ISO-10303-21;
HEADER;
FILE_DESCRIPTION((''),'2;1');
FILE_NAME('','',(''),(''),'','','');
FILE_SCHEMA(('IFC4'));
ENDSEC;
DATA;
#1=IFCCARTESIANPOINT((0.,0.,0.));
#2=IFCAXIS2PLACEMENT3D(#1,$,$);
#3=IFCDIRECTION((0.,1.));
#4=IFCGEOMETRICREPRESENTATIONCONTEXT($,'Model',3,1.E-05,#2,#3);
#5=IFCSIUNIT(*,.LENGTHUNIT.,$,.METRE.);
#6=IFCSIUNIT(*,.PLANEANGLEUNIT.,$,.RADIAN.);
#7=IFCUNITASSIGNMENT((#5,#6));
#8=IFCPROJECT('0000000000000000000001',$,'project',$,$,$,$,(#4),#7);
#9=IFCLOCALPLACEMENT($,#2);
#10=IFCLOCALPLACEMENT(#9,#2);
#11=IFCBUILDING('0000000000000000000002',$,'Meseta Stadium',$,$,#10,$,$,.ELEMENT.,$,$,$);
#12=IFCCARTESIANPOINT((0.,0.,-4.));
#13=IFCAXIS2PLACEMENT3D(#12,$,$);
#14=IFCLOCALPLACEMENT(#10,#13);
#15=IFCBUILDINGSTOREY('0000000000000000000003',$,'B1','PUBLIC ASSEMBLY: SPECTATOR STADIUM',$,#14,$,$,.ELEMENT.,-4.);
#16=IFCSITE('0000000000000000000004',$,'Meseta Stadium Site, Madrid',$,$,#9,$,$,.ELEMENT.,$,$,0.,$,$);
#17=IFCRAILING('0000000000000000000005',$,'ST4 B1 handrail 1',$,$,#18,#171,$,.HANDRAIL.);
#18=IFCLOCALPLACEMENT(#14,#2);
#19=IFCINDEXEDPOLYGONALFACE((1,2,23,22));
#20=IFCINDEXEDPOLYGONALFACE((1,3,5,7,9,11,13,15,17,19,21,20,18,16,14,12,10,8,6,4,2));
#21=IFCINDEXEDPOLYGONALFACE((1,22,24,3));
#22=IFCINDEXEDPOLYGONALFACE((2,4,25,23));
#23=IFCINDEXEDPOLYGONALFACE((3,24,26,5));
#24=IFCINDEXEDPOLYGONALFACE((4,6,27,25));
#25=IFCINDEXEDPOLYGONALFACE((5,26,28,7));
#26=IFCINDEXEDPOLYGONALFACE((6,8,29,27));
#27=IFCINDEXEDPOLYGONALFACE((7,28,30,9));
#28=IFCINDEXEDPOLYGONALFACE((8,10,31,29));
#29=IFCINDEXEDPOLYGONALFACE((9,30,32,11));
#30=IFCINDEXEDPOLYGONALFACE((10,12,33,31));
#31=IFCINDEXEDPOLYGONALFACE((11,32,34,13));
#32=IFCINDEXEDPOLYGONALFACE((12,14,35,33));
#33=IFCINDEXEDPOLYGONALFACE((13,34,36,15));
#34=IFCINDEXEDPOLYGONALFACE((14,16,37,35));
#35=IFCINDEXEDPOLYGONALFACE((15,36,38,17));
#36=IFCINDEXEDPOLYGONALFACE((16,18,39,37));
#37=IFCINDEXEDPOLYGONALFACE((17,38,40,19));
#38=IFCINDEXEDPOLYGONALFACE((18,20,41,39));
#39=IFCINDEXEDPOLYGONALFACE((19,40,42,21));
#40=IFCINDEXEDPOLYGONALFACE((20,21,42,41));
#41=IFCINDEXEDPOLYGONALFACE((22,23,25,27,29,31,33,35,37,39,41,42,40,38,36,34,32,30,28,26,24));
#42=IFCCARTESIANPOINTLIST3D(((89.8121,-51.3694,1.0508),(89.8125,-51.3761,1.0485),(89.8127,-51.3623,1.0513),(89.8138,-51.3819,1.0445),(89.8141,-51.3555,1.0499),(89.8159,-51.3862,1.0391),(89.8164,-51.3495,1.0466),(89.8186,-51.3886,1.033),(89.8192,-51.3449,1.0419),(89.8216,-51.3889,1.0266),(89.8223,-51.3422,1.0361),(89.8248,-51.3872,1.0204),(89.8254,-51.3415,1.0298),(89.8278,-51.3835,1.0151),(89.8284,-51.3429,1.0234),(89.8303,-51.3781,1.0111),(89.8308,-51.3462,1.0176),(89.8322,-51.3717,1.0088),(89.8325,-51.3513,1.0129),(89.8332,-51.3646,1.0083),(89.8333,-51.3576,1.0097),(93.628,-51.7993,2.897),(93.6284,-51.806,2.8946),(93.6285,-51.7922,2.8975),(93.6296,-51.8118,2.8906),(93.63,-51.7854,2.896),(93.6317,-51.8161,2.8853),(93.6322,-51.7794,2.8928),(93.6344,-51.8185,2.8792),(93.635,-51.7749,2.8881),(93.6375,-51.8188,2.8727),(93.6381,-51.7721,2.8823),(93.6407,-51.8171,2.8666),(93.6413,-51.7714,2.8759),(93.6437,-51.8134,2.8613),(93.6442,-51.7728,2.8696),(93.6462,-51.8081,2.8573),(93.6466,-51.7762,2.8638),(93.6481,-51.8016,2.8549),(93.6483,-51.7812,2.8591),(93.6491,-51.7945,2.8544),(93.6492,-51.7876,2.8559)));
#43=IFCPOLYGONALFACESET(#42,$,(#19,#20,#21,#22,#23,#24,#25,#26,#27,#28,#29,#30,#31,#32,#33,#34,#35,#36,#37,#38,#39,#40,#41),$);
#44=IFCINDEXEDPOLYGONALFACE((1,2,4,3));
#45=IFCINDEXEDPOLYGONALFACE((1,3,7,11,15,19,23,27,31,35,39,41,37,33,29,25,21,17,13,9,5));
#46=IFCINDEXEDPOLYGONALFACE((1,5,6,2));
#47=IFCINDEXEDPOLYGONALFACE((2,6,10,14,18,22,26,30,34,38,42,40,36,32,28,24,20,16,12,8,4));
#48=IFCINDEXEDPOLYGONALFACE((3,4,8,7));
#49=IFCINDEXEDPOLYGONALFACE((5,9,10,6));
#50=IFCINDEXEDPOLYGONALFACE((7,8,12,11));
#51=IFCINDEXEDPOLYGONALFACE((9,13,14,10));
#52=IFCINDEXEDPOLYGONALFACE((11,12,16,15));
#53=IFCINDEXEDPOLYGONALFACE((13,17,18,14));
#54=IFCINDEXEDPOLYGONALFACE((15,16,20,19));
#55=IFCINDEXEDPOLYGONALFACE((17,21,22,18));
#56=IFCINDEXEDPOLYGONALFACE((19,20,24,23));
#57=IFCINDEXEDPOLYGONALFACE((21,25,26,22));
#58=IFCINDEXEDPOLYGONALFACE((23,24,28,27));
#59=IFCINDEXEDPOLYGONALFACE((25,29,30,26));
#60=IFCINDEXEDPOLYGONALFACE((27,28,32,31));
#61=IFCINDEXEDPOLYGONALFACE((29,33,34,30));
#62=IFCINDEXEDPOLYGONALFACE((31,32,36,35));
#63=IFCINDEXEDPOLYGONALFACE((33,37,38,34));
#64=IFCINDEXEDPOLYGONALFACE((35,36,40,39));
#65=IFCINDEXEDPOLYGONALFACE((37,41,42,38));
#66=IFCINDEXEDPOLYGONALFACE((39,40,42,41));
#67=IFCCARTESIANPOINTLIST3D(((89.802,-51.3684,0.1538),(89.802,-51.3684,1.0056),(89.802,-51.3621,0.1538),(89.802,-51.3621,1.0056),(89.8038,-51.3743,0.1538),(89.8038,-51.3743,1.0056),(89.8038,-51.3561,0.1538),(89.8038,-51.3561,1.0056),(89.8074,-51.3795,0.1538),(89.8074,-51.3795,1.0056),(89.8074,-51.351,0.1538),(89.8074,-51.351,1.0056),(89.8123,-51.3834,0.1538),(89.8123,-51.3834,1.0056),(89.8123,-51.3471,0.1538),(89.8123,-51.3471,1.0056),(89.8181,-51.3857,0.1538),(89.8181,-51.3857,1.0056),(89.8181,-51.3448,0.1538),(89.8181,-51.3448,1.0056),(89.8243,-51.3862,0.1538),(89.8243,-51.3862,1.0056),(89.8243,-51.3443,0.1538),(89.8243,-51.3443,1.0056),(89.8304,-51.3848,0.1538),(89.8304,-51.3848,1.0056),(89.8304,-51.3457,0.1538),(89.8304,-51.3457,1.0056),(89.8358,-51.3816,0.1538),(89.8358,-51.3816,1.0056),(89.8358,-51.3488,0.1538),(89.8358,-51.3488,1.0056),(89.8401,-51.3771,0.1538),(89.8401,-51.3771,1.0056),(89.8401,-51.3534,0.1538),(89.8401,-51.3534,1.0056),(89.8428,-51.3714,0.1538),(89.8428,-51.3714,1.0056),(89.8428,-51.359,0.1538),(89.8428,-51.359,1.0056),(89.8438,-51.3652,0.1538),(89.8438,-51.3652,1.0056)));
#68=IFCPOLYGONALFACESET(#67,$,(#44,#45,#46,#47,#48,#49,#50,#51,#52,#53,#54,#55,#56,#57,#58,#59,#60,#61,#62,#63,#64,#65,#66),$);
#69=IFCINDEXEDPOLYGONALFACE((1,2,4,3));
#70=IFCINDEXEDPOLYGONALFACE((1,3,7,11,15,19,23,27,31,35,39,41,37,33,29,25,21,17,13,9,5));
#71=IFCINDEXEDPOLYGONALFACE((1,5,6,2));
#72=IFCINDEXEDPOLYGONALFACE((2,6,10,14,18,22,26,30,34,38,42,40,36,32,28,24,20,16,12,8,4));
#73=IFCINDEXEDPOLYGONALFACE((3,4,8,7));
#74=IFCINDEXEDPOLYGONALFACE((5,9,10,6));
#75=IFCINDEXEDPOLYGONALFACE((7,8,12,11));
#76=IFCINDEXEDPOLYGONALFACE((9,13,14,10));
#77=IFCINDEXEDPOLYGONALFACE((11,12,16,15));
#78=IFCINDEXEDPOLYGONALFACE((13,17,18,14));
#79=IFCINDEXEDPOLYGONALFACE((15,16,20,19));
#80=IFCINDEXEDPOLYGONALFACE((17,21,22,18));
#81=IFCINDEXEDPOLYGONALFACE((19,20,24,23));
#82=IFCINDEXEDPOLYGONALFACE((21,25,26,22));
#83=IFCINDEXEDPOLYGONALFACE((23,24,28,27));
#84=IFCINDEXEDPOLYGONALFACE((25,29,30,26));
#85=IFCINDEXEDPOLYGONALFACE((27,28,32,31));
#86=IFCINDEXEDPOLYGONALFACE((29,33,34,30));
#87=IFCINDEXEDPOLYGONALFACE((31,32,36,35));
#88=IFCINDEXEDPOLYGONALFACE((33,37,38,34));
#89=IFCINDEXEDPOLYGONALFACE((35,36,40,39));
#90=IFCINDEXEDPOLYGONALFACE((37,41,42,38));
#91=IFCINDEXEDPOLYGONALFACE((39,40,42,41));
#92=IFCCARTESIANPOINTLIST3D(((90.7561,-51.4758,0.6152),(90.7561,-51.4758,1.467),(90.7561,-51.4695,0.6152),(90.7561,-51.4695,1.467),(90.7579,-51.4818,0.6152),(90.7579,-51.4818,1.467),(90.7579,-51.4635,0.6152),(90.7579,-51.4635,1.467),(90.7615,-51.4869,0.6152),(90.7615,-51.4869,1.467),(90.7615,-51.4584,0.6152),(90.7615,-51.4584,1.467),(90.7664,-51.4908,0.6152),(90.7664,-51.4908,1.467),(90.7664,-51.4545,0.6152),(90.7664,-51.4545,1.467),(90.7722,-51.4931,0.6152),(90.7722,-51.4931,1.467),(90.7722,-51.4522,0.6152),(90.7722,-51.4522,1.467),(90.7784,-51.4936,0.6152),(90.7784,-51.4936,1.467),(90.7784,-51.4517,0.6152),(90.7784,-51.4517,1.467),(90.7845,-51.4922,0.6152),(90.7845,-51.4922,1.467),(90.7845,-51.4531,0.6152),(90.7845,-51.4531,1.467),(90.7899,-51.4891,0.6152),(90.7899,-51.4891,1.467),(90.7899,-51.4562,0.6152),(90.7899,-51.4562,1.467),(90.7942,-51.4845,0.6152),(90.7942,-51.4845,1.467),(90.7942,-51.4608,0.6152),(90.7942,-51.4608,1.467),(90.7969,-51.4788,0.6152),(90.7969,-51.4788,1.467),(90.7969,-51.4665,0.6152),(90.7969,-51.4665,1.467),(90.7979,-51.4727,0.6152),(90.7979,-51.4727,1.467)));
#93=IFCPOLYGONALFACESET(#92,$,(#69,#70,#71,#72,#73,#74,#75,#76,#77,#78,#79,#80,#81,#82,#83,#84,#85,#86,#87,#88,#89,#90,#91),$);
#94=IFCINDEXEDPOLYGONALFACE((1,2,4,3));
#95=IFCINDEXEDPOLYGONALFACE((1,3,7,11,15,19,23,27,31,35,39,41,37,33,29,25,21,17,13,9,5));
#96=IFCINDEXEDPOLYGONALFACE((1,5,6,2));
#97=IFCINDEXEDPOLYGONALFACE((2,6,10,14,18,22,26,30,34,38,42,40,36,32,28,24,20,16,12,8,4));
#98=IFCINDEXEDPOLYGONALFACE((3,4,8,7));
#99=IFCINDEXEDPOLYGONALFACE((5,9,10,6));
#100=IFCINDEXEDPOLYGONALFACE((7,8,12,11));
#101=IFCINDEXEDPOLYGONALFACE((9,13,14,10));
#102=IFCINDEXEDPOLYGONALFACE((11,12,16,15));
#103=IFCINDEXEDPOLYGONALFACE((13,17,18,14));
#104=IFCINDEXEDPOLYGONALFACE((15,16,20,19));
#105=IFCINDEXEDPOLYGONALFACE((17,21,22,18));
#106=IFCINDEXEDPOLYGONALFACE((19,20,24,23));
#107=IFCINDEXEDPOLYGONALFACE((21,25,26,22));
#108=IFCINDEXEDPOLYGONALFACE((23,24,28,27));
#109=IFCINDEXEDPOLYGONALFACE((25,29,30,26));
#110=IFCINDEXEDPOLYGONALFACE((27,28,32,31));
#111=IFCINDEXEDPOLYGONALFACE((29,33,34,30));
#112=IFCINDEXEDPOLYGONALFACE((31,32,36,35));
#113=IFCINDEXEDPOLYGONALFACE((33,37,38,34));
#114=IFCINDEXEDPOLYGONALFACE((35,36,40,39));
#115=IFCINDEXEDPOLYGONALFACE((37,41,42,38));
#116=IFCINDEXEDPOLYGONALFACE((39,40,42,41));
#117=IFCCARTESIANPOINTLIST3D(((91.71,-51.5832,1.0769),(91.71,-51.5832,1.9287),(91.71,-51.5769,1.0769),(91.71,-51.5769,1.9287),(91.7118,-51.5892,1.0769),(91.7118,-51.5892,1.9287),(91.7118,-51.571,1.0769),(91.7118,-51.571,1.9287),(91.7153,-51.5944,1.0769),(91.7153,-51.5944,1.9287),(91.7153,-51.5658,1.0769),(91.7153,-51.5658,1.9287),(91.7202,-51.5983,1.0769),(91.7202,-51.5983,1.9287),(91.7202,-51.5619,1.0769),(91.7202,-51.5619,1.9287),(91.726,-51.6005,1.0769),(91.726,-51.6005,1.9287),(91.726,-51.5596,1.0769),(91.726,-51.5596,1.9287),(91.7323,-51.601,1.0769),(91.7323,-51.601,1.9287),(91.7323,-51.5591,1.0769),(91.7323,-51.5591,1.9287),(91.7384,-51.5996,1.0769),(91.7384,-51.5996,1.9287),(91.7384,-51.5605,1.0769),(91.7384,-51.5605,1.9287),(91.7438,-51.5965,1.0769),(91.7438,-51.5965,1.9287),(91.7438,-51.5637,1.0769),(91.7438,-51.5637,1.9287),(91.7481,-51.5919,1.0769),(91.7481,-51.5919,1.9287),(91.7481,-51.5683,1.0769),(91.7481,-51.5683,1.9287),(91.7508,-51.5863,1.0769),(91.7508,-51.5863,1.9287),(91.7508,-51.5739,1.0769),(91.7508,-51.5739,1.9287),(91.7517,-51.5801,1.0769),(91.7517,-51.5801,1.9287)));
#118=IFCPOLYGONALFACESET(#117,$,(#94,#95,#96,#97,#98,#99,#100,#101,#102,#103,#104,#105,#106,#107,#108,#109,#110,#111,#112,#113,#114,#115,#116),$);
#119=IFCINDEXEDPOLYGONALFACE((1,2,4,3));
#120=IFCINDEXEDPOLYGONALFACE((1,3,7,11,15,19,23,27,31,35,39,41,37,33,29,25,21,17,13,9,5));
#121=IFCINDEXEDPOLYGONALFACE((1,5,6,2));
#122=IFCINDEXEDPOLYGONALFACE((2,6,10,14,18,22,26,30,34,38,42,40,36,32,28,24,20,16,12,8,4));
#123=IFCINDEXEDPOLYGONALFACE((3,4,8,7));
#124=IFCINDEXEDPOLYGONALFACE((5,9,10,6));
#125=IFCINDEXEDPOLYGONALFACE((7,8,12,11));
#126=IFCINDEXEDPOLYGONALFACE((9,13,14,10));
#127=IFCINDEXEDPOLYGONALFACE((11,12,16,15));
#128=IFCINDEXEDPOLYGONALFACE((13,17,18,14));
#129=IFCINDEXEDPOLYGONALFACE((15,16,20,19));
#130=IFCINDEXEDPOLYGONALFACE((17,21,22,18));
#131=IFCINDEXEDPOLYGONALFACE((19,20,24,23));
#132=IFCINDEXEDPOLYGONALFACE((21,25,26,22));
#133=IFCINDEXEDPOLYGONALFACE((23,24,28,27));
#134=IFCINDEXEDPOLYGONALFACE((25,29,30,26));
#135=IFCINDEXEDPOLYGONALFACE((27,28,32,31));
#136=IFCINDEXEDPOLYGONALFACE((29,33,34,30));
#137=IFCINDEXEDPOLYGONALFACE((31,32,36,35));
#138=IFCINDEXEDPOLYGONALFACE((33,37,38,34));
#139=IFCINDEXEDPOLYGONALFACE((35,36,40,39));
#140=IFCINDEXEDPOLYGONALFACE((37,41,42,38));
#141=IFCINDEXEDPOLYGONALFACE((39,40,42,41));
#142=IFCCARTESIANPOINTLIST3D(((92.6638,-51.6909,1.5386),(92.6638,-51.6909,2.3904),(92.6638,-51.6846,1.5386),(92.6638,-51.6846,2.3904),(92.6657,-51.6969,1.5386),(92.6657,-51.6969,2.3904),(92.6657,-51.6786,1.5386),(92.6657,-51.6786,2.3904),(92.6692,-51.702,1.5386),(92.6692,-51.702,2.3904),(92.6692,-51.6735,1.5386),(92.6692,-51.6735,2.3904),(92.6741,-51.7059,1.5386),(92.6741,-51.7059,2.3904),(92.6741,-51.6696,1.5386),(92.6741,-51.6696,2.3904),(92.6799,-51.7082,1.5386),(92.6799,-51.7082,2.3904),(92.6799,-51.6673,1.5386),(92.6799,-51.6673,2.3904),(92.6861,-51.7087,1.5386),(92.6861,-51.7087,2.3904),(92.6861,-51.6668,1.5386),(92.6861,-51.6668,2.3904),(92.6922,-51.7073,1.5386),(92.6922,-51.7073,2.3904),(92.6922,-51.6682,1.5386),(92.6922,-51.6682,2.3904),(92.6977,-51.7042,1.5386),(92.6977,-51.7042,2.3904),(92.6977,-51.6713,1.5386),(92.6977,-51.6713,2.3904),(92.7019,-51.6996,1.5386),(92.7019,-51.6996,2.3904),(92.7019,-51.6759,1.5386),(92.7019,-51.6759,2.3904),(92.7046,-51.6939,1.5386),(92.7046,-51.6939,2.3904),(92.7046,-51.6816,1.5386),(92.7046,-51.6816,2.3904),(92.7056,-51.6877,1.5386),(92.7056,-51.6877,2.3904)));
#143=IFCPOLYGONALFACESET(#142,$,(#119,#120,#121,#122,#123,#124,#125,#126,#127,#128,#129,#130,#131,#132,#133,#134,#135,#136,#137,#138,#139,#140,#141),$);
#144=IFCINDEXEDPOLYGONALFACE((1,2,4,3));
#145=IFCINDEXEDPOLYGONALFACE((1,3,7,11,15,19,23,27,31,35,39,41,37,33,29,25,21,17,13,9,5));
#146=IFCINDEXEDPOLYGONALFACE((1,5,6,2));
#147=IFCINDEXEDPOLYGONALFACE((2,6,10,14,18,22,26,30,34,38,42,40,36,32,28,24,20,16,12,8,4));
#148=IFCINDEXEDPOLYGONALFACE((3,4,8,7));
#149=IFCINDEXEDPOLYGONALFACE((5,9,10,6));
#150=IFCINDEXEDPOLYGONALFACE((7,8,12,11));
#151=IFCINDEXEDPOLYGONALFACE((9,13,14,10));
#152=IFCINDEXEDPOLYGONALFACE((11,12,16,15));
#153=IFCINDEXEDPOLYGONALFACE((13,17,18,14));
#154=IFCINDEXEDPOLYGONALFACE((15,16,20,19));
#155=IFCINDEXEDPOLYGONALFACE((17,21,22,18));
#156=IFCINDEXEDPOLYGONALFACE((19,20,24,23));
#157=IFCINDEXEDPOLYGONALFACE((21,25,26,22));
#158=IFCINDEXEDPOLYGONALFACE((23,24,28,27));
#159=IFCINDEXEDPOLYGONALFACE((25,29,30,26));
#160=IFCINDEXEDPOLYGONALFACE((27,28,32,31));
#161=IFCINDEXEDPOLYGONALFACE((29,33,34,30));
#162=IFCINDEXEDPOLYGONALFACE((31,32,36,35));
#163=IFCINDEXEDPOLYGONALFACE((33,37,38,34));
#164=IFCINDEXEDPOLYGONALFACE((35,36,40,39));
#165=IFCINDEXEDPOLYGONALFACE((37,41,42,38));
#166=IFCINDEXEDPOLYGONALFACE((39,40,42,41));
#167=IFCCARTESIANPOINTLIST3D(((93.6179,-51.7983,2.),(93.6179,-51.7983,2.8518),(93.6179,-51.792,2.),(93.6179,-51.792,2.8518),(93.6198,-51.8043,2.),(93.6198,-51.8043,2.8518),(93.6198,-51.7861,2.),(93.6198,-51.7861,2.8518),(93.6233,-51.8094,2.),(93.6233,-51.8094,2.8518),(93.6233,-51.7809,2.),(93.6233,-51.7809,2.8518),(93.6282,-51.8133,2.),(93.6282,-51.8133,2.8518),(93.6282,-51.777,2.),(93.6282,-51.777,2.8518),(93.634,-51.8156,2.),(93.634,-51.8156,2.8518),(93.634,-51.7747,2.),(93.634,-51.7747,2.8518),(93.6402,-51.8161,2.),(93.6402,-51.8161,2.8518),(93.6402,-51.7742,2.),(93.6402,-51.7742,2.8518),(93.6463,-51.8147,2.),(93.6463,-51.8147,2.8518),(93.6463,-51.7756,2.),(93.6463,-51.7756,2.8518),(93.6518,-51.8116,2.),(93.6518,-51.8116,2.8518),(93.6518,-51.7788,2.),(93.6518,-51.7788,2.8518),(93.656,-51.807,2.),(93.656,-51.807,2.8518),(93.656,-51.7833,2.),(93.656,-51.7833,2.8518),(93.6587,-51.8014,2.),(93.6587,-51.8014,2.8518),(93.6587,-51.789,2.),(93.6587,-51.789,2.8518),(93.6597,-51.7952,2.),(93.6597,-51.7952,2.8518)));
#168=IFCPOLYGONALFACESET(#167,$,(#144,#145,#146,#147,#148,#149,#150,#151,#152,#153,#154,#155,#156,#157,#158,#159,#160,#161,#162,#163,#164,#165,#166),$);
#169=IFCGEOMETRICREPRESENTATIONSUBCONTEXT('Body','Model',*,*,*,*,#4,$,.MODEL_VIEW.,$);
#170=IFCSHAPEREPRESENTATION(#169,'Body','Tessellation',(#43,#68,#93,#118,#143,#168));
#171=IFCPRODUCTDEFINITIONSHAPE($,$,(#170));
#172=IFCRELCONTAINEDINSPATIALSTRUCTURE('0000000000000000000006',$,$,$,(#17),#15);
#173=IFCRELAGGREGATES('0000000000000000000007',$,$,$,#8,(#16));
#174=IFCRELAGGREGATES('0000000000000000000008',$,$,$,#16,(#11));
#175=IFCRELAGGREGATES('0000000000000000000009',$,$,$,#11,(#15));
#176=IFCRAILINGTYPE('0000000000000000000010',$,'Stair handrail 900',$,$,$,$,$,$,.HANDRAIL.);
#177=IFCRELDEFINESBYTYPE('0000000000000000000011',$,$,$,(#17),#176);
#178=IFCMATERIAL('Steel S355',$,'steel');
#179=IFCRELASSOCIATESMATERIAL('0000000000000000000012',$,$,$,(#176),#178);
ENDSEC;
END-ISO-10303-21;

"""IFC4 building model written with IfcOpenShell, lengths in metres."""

from ifc_helpers import new_model, si_unit, direction, frame, origin, origin_2d, place, context, subcontext, project, spatial, circle, extrude, material, type_object, element, save


model = new_model("IFC4")

# Units and contexts
model_context = context("Model", 3, precision=1e-05, world=origin(), true_north=direction((0.0, 1.0)))
body_context = subcontext(model_context, "Body", "Model", "MODEL_VIEW")
ifc_project = project(units=[si_unit("LENGTHUNIT", "METRE"), si_unit("PLANEANGLEUNIT", "RADIAN")], contexts=[model_context])

# Site, building, storey
site_placement = place(None, origin())
site = spatial("IfcSite", under=ifc_project, at=site_placement, Name="Meseta Stadium Site, Madrid", CompositionType="ELEMENT", RefElevation=0.0)
building_placement = place(site_placement, origin())
building = spatial("IfcBuilding", under=site, at=building_placement, Name="Meseta Stadium", CompositionType="ELEMENT")
storey_placement = place(building_placement, frame((0.0, 0.0, -4.0)))
storey = spatial("IfcBuildingStorey", under=building, at=storey_placement, Name="B1", Description="PUBLIC ASSEMBLY: SPECTATOR STADIUM", CompositionType="ELEMENT", Elevation=-4.0)

# Railing
ifc_material_1 = material(Name="Steel S355", Category="steel")
railing_type_1 = type_object("IfcRailingType", Name="Stair handrail 900", PredefinedType="HANDRAIL", material=ifc_material_1)
railing_1_placement = place(storey_placement, frame((89.8228, -51.3652, 0.1538)))
element("IfcRailing", 1, at=railing_1_placement, inside=storey, type_object=railing_type_1, Name="ST4 B1 handrail 1", PredefinedType="HANDRAIL", context=body_context, shape_type="SweptSolid", body=[
    extrude(circle(Radius=0.0239, at=origin_2d()), frame((0.0, 0.0, 0.876), z_axis=(0.895585, -0.100904, 0.433296), x_axis=(0.11196, 0.993713, 0.0)), (0.0, 0.0, 1.0), 4.2607),
    extrude(circle(Radius=0.021, at=origin_2d()), origin(), (0.0, 0.0, 1.0), 0.8518),
    extrude(circle(Radius=0.021, at=origin_2d()), frame((0.9541, -0.1074, 0.4614)), (0.0, 0.0, 1.0), 0.8518),
    extrude(circle(Radius=0.021, at=origin_2d()), frame((1.908, -0.2148, 0.9231)), (0.0, 0.0, 1.0), 0.8518),
    extrude(circle(Radius=0.021, at=origin_2d()), frame((2.8618, -0.3225, 1.3848)), (0.0, 0.0, 1.0), 0.8518),
    extrude(circle(Radius=0.021, at=origin_2d()), frame((3.8159, -0.4299, 1.8462)), (0.0, 0.0, 1.0), 0.8518),
])

save(model, "model.ifc")
